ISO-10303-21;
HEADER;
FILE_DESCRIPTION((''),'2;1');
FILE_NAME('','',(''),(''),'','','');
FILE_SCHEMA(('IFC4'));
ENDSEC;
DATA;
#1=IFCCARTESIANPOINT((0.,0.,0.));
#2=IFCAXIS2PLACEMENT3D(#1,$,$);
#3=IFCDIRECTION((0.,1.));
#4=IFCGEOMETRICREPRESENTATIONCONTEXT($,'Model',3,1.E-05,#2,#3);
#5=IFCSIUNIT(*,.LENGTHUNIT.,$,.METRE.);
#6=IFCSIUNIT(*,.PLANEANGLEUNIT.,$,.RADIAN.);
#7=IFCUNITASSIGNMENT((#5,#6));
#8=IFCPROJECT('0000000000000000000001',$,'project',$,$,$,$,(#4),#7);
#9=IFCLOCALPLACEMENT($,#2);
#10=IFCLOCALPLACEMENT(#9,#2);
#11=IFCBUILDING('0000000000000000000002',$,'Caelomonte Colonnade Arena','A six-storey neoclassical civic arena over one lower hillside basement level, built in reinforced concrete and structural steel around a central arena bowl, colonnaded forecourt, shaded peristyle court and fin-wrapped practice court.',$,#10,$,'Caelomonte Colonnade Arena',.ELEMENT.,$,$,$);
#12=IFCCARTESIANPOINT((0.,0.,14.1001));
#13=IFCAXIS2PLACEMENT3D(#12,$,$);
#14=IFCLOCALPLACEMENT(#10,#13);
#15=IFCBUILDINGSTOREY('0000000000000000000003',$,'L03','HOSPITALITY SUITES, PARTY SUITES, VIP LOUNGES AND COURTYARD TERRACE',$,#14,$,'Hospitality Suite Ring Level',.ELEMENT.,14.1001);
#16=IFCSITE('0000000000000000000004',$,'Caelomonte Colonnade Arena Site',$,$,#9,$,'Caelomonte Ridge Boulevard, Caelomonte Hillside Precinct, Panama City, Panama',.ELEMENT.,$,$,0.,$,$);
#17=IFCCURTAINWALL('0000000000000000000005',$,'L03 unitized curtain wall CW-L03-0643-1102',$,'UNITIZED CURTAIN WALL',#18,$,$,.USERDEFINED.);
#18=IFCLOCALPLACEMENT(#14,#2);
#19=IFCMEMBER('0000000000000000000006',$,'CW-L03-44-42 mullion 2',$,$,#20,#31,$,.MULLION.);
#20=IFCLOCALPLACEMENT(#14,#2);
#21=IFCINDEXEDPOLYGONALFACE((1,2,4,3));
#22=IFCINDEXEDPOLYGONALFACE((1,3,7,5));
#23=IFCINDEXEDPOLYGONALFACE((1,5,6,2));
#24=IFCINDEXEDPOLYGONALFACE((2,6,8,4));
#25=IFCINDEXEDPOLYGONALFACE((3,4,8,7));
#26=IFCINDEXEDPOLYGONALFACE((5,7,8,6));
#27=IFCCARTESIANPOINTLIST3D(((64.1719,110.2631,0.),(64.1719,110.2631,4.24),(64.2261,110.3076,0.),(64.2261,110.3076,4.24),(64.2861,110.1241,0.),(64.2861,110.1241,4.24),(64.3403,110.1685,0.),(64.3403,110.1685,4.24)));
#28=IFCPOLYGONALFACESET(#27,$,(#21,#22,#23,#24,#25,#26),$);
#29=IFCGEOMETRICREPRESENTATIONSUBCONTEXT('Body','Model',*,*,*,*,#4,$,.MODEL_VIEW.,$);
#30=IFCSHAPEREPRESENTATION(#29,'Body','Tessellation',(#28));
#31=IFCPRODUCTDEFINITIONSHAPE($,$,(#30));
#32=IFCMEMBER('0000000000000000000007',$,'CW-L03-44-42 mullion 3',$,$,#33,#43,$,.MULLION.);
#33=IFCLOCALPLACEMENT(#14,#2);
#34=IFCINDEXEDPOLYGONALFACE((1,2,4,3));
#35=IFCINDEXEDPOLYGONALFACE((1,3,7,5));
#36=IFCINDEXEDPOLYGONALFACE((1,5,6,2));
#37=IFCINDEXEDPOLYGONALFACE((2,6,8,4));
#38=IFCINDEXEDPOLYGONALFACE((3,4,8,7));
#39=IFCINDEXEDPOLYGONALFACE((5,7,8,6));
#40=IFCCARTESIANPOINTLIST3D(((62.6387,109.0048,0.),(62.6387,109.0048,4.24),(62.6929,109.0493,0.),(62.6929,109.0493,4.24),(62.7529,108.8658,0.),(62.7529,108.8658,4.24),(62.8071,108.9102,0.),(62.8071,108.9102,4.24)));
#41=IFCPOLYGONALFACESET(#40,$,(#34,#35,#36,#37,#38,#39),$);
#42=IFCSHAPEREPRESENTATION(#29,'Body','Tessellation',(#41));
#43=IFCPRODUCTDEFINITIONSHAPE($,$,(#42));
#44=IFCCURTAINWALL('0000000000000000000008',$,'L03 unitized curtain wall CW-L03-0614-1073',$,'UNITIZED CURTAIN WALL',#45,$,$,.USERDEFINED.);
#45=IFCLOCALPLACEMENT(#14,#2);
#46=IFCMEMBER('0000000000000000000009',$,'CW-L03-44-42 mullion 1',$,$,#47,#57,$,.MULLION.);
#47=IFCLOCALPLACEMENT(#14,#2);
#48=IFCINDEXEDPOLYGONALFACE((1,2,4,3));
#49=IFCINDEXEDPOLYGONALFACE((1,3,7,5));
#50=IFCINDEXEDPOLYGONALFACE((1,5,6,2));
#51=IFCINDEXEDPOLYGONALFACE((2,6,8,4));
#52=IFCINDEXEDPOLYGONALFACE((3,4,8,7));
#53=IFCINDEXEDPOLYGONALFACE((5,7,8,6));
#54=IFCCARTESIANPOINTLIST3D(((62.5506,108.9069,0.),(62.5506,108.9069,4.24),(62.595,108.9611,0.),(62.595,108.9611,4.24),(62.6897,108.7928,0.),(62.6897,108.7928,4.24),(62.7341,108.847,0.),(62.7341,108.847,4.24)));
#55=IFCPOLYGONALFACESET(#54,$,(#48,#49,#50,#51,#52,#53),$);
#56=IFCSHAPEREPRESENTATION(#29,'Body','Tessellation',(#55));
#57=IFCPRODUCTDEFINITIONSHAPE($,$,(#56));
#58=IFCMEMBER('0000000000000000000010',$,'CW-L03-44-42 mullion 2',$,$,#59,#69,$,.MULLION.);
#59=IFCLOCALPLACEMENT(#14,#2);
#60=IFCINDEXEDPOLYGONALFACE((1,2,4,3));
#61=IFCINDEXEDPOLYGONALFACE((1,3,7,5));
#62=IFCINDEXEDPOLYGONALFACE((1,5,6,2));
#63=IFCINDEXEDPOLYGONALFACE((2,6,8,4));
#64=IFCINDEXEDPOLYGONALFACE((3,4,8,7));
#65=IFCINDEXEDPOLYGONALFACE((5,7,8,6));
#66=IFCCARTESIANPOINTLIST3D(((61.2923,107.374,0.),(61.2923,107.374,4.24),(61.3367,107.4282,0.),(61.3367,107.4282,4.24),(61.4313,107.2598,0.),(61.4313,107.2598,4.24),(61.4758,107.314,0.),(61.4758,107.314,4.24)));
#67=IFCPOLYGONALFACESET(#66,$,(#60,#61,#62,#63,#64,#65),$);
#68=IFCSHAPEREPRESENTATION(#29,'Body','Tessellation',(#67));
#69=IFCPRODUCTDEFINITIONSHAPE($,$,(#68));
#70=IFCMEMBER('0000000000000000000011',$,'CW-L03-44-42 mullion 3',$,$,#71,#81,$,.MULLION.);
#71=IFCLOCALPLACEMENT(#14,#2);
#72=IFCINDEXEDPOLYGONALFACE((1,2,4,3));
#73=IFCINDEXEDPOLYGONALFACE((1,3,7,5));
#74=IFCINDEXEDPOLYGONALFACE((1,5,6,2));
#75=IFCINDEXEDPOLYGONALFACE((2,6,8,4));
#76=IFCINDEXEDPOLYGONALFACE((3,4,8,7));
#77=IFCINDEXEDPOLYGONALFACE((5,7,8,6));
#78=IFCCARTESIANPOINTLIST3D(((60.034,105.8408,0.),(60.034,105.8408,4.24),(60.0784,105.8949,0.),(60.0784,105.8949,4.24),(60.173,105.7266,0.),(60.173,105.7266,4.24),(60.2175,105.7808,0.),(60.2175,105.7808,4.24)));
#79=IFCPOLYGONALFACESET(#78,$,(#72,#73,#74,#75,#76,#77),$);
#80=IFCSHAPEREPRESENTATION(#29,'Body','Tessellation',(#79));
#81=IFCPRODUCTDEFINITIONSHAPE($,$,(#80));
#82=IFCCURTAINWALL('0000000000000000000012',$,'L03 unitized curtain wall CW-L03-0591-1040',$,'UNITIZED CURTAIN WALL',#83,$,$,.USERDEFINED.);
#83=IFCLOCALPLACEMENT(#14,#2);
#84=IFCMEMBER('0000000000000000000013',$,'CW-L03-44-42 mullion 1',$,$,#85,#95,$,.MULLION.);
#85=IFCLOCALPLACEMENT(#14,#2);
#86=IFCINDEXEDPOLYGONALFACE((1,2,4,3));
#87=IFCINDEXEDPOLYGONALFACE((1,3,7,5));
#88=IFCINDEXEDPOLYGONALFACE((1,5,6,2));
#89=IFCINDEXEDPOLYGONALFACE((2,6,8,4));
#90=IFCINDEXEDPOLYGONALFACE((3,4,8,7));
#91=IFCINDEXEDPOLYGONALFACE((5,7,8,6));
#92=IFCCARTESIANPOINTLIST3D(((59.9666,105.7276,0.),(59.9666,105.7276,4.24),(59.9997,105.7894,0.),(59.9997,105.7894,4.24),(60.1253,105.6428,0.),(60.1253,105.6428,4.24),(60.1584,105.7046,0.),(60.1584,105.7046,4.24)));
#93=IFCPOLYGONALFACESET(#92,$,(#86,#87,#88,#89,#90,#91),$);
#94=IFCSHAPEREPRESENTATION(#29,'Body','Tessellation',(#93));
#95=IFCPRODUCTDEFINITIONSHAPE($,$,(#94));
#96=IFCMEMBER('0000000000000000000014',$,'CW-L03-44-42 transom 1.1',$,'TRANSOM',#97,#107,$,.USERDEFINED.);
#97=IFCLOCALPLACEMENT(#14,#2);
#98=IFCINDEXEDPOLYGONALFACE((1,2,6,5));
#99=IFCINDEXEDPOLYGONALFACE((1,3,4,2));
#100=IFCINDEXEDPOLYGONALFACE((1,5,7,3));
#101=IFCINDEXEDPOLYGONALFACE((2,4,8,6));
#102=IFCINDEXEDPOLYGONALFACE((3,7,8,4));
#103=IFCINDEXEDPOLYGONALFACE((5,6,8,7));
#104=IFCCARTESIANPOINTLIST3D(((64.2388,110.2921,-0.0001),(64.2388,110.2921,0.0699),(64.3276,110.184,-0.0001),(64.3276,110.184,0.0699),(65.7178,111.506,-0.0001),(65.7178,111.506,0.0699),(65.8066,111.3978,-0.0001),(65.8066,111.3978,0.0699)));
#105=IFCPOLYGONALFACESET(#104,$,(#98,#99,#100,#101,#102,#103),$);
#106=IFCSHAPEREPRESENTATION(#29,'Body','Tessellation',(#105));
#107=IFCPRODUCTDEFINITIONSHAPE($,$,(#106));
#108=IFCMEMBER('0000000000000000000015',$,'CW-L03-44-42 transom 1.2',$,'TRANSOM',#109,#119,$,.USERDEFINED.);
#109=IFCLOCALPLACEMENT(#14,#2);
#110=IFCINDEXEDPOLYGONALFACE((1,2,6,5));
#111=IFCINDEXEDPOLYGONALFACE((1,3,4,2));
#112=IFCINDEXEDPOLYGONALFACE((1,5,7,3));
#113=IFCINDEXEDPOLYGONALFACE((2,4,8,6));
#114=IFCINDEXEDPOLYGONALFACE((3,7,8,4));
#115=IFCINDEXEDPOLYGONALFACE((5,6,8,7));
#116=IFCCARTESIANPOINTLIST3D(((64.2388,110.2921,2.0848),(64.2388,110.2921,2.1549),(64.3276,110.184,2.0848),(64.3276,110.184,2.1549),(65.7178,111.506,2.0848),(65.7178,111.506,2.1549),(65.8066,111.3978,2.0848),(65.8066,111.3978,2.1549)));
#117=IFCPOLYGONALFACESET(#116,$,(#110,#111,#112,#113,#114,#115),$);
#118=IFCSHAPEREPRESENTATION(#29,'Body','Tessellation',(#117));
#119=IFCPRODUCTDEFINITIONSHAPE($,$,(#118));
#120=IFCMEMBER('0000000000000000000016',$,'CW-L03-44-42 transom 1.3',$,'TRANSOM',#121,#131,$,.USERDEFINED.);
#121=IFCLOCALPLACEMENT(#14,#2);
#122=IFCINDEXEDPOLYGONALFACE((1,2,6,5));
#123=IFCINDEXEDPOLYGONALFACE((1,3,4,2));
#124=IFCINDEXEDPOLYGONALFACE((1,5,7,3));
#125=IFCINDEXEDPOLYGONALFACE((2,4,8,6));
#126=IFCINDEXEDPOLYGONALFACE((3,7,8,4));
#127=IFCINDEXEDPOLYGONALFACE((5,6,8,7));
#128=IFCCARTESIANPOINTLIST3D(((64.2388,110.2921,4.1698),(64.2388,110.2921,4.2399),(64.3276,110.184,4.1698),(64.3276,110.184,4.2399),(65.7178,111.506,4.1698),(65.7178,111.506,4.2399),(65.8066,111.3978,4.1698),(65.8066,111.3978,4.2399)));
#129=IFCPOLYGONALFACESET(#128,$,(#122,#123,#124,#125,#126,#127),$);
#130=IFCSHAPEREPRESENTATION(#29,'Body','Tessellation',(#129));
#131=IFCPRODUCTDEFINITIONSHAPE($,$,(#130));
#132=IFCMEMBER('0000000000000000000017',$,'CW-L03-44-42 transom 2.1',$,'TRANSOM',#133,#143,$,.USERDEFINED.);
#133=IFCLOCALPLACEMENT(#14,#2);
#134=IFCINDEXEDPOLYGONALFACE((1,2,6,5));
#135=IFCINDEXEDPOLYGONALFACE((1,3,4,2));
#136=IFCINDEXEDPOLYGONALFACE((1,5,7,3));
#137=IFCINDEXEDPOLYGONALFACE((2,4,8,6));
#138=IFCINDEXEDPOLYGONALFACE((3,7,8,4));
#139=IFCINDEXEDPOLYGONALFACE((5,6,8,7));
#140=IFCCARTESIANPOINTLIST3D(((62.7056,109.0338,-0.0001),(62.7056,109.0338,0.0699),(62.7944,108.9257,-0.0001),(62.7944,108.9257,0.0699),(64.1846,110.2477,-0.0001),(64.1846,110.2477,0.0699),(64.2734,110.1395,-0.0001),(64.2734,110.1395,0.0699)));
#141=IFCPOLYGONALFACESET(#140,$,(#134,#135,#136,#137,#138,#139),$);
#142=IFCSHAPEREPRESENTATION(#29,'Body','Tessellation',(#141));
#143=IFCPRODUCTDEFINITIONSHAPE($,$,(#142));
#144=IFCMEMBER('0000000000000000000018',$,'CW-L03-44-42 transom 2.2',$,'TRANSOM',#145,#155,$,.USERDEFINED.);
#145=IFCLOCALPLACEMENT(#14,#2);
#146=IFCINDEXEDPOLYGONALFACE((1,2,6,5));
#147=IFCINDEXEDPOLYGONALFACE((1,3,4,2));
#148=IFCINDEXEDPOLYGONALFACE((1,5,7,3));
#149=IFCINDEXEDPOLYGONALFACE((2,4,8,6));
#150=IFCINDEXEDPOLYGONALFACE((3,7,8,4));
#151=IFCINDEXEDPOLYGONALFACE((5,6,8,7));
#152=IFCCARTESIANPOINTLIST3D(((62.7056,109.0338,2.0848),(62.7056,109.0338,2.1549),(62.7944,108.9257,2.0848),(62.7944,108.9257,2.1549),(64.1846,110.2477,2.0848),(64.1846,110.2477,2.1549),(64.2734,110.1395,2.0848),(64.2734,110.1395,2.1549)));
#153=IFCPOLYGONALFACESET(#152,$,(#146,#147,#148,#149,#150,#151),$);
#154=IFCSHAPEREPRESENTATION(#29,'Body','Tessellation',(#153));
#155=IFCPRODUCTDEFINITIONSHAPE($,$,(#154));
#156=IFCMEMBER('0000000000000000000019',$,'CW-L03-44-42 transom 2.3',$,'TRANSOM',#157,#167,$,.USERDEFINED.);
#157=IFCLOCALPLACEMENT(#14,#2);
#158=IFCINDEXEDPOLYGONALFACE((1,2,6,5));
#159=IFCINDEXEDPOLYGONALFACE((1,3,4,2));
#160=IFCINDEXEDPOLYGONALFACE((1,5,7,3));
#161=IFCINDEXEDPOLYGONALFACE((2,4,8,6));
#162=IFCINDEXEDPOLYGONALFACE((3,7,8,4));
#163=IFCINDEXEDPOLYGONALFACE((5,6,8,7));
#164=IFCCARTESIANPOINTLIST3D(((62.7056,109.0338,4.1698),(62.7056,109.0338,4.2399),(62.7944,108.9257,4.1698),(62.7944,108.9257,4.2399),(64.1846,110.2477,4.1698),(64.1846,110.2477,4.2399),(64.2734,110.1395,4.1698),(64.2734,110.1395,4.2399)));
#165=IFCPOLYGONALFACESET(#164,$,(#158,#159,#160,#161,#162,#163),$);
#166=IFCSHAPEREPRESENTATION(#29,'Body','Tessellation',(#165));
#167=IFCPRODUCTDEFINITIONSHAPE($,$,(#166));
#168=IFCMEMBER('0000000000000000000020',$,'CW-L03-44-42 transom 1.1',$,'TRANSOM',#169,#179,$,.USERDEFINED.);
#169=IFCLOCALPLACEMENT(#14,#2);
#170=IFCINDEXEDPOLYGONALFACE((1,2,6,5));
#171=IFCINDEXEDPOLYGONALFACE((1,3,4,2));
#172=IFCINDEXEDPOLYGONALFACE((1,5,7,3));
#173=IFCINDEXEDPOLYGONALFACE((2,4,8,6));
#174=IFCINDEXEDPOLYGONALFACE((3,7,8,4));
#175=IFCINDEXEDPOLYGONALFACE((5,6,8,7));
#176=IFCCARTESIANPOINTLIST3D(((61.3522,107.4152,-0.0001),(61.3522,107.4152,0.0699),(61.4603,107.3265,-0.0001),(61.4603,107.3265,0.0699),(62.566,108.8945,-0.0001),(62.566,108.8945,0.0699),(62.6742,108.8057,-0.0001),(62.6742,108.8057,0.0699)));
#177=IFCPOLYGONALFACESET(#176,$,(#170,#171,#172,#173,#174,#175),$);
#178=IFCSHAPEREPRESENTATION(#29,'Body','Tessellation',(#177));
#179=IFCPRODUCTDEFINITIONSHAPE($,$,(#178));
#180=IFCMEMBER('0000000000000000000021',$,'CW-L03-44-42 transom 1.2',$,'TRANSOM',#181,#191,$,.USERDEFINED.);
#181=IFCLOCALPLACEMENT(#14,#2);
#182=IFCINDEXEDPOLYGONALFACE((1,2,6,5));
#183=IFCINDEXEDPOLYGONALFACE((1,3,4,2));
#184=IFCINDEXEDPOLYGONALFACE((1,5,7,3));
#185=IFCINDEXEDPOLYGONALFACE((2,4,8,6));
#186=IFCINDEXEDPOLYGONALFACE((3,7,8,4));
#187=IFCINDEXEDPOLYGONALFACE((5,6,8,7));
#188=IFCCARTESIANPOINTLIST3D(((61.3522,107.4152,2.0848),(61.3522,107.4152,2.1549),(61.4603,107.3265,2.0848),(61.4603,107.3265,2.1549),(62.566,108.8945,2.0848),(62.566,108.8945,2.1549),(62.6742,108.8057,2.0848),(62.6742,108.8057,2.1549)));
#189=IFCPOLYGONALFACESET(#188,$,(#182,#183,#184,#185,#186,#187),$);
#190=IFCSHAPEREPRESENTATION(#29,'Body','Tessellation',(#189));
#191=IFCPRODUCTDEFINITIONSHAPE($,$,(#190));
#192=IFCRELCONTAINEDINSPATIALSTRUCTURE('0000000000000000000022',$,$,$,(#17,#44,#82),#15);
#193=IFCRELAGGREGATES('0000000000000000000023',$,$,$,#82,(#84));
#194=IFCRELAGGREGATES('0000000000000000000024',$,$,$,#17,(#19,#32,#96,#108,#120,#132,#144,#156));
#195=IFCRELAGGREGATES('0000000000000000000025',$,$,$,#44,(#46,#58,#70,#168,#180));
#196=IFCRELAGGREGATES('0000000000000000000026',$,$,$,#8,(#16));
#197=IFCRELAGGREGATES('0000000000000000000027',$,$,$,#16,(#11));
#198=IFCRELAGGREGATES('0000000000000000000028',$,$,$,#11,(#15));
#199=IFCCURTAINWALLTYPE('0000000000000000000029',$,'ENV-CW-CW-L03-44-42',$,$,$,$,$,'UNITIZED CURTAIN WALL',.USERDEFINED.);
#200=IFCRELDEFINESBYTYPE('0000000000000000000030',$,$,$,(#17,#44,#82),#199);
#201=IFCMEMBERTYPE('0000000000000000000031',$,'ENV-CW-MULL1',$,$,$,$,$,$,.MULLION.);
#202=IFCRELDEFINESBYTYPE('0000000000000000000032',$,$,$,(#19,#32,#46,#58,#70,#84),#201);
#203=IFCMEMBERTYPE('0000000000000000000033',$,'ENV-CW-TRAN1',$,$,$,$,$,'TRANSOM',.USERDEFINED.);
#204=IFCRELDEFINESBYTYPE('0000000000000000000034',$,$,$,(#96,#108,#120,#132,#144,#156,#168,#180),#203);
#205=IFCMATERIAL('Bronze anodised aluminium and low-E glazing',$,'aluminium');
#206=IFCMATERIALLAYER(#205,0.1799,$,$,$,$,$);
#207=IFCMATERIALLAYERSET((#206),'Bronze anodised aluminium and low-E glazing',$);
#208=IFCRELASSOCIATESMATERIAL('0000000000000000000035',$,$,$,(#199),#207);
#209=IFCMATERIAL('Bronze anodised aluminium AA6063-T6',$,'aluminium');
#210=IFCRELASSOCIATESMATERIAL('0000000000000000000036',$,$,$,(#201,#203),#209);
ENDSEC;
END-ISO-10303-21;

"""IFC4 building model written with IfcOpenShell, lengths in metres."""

from ifc_helpers import new_model, si_unit, direction, frame, origin, origin_2d, place, context, subcontext, project, spatial, rectangle, extrude, material, layer, layer_set, material_profile, profile_set, type_object, element, aggregate, save


model = new_model("IFC4")

# Units and contexts
model_context = context("Model", 3, precision=1e-05, world=origin(), true_north=direction((0.0, 1.0)))
body_context = subcontext(model_context, "Body", "Model", "MODEL_VIEW")
ifc_project = project(units=[si_unit("LENGTHUNIT", "METRE"), si_unit("PLANEANGLEUNIT", "RADIAN")], contexts=[model_context])

# Site, building, storey
site_placement = place(None, origin())
site = spatial("IfcSite", under=ifc_project, at=site_placement, Name="Caelomonte Colonnade Arena Site", LongName="Caelomonte Ridge Boulevard, Caelomonte Hillside Precinct, Panama City, Panama", CompositionType="ELEMENT", RefElevation=0.0)
building_placement = place(site_placement, origin())
building = spatial("IfcBuilding", under=site, at=building_placement, Name="Caelomonte Colonnade Arena", Description="A six-storey neoclassical civic arena over one lower hillside basement level, built in reinforced concrete and structural steel around a central arena bowl, colonnaded forecourt, shaded peristyle court and fin-wrapped practice court.", LongName="Caelomonte Colonnade Arena", CompositionType="ELEMENT")
storey_placement = place(building_placement, frame((0.0, 0.0, 14.1001)))
storey = spatial("IfcBuildingStorey", under=building, at=storey_placement, Name="L03", Description="HOSPITALITY SUITES, PARTY SUITES, VIP LOUNGES AND COURTYARD TERRACE", LongName="Hospitality Suite Ring Level", CompositionType="ELEMENT", Elevation=14.1001)

# Curtain walls, members
ifc_material_1 = material(Name="Bronze anodised aluminium and low-E glazing", Category="aluminium")
ifc_layer_1 = layer(ifc_material_1, 0.1799)
ifc_layer_set_1 = layer_set([ifc_layer_1], Name="Bronze anodised aluminium and low-E glazing")
curtain_wall_type = type_object("IfcCurtainWallType", Name="ENV-CW-CW-L03-44-42", ElementType="UNITIZED CURTAIN WALL", PredefinedType="USERDEFINED", material=ifc_layer_set_1)
curtain_wall_1_placement = place(storey_placement, origin())
curtain_wall_1 = element("IfcCurtainWall", 1, at=curtain_wall_1_placement, inside=storey, type_object=curtain_wall_type, Name="L03 unitized curtain wall CW-L03-0643-1102", ObjectType="UNITIZED CURTAIN WALL", PredefinedType="USERDEFINED")
ifc_material_2 = material(Name="Bronze anodised aluminium AA6063-T6", Category="aluminium")
ifc_material_profile_1 = material_profile(ifc_material_2, rectangle(XDim=0.0701, YDim=0.1799, at=origin_2d()), Name="CWM-70X180")
ifc_profile_set_1 = profile_set([ifc_material_profile_1], Name="Bronze anodised aluminium AA6063-T6")
member_type_1 = type_object("IfcMemberType", Name="ENV-CW-MULL1", PredefinedType="MULLION", material=ifc_profile_set_1)
member_1_placement = place(storey_placement, frame((64.2561, 110.2158, 0.0), z_axis=(0.0, 0.0, 1.0), x_axis=(-0.772992, -0.634416, 0.0)))
member_1 = element("IfcMember", 2, at=member_1_placement, type_object=member_type_1, Name="CW-L03-44-42 mullion 2", PredefinedType="MULLION", context=body_context, shape_type="SweptSolid", body=[
    extrude(rectangle(XDim=0.0701, YDim=0.1799, at=origin_2d()), origin(), (0.0, 0.0, 1.0), 4.24),
])
member_2_placement = place(storey_placement, frame((62.7229, 108.9575, 0.0), z_axis=(0.0, 0.0, 1.0), x_axis=(-0.772992, -0.634416, 0.0)))
member_2 = element("IfcMember", 3, at=member_2_placement, type_object=member_type_1, Name="CW-L03-44-42 mullion 3", PredefinedType="MULLION", context=body_context, shape_type="SweptSolid", body=[
    extrude(rectangle(XDim=0.0701, YDim=0.1799, at=origin_2d()), origin(), (0.0, 0.0, 1.0), 4.24),
])
curtain_wall_2_placement = place(storey_placement, origin())
curtain_wall_2 = element("IfcCurtainWall", 4, at=curtain_wall_2_placement, inside=storey, type_object=curtain_wall_type, Name="L03 unitized curtain wall CW-L03-0614-1073", ObjectType="UNITIZED CURTAIN WALL", PredefinedType="USERDEFINED")
member_3_placement = place(storey_placement, frame((62.6423, 108.877, 0.0), z_axis=(0.0, 0.0, 1.0), x_axis=(-0.634416, -0.772992, 0.0)))
member_3 = element("IfcMember", 5, at=member_3_placement, type_object=member_type_1, Name="CW-L03-44-42 mullion 1", PredefinedType="MULLION", context=body_context, shape_type="SweptSolid", body=[
    extrude(rectangle(XDim=0.0701, YDim=0.1799, at=origin_2d()), origin(), (0.0, 0.0, 1.0), 4.24),
])
member_4_placement = place(storey_placement, frame((61.384, 107.344, 0.0), z_axis=(0.0, 0.0, 1.0), x_axis=(-0.634416, -0.772992, 0.0)))
member_4 = element("IfcMember", 6, at=member_4_placement, type_object=member_type_1, Name="CW-L03-44-42 mullion 2", PredefinedType="MULLION", context=body_context, shape_type="SweptSolid", body=[
    extrude(rectangle(XDim=0.0701, YDim=0.1799, at=origin_2d()), origin(), (0.0, 0.0, 1.0), 4.24),
])
member_5_placement = place(storey_placement, frame((60.1257, 105.8108, 0.0), z_axis=(0.0, 0.0, 1.0), x_axis=(-0.634416, -0.772992, 0.0)))
member_5 = element("IfcMember", 7, at=member_5_placement, type_object=member_type_1, Name="CW-L03-44-42 mullion 3", PredefinedType="MULLION", context=body_context, shape_type="SweptSolid", body=[
    extrude(rectangle(XDim=0.0701, YDim=0.1799, at=origin_2d()), origin(), (0.0, 0.0, 1.0), 4.24),
])

# Curtain wall, member
curtain_wall_3_placement = place(storey_placement, origin())
curtain_wall_3 = element("IfcCurtainWall", 8, at=curtain_wall_3_placement, inside=storey, type_object=curtain_wall_type, Name="L03 unitized curtain wall CW-L03-0591-1040", ObjectType="UNITIZED CURTAIN WALL", PredefinedType="USERDEFINED")
member_6_placement = place(storey_placement, frame((60.0625, 105.7161, 0.0), z_axis=(0.0, 0.0, 1.0), x_axis=(-0.471394, -0.881923, 0.0)))
member_6 = element("IfcMember", 9, at=member_6_placement, type_object=member_type_1, Name="CW-L03-44-42 mullion 1", PredefinedType="MULLION", context=body_context, shape_type="SweptSolid", body=[
    extrude(rectangle(XDim=0.0701, YDim=0.1799, at=origin_2d()), origin(), (0.0, 0.0, 1.0), 4.24),
])

# Members
ifc_material_profile_2 = material_profile(ifc_material_2, rectangle(XDim=0.0701, YDim=0.1399, at=origin_2d()), Name="CWT-70X140")
ifc_profile_set_2 = profile_set([ifc_material_profile_2], Name="Bronze anodised aluminium AA6063-T6")
member_type_2 = type_object("IfcMemberType", Name="ENV-CW-TRAN1", ElementType="TRANSOM", PredefinedType="USERDEFINED", material=ifc_profile_set_2)
member_7_placement = place(storey_placement, frame((65.7622, 111.4519, 0.0349), z_axis=(-0.77299, -0.634418, 0.0), x_axis=(0.0, 0.0, 1.0)))
member_7 = element("IfcMember", 10, at=member_7_placement, type_object=member_type_2, Name="CW-L03-44-42 transom 1.1", ObjectType="TRANSOM", PredefinedType="USERDEFINED", context=body_context, shape_type="SweptSolid", body=[
    extrude(rectangle(XDim=0.0701, YDim=0.1399, at=origin_2d()), origin(), (0.0, 0.0, 1.0), 1.9133),
])
member_8_placement = place(storey_placement, frame((65.7622, 111.4519, 2.1199), z_axis=(-0.77299, -0.634418, 0.0), x_axis=(0.0, 0.0, 1.0)))
member_8 = element("IfcMember", 11, at=member_8_placement, type_object=member_type_2, Name="CW-L03-44-42 transom 1.2", ObjectType="TRANSOM", PredefinedType="USERDEFINED", context=body_context, shape_type="SweptSolid", body=[
    extrude(rectangle(XDim=0.0701, YDim=0.1399, at=origin_2d()), origin(), (0.0, 0.0, 1.0), 1.9133),
])
member_9_placement = place(storey_placement, frame((65.7622, 111.4519, 4.2048), z_axis=(-0.77299, -0.634418, 0.0), x_axis=(0.0, 0.0, 1.0)))
member_9 = element("IfcMember", 12, at=member_9_placement, type_object=member_type_2, Name="CW-L03-44-42 transom 1.3", ObjectType="TRANSOM", PredefinedType="USERDEFINED", context=body_context, shape_type="SweptSolid", body=[
    extrude(rectangle(XDim=0.0701, YDim=0.1399, at=origin_2d()), origin(), (0.0, 0.0, 1.0), 1.9133),
])
member_10_placement = place(storey_placement, frame((64.229, 110.1936, 0.0349), z_axis=(-0.77299, -0.634418, 0.0), x_axis=(0.0, 0.0, 1.0)))
member_10 = element("IfcMember", 13, at=member_10_placement, type_object=member_type_2, Name="CW-L03-44-42 transom 2.1", ObjectType="TRANSOM", PredefinedType="USERDEFINED", context=body_context, shape_type="SweptSolid", body=[
    extrude(rectangle(XDim=0.0701, YDim=0.1399, at=origin_2d()), origin(), (0.0, 0.0, 1.0), 1.9133),
])
member_11_placement = place(storey_placement, frame((64.229, 110.1936, 2.1199), z_axis=(-0.77299, -0.634418, 0.0), x_axis=(0.0, 0.0, 1.0)))
member_11 = element("IfcMember", 14, at=member_11_placement, type_object=member_type_2, Name="CW-L03-44-42 transom 2.2", ObjectType="TRANSOM", PredefinedType="USERDEFINED", context=body_context, shape_type="SweptSolid", body=[
    extrude(rectangle(XDim=0.0701, YDim=0.1399, at=origin_2d()), origin(), (0.0, 0.0, 1.0), 1.9133),
])
member_12_placement = place(storey_placement, frame((64.229, 110.1936, 4.2048), z_axis=(-0.77299, -0.634418, 0.0), x_axis=(0.0, 0.0, 1.0)))
member_12 = element("IfcMember", 15, at=member_12_placement, type_object=member_type_2, Name="CW-L03-44-42 transom 2.3", ObjectType="TRANSOM", PredefinedType="USERDEFINED", context=body_context, shape_type="SweptSolid", body=[
    extrude(rectangle(XDim=0.0701, YDim=0.1399, at=origin_2d()), origin(), (0.0, 0.0, 1.0), 1.9133),
])
member_13_placement = place(storey_placement, frame((62.6201, 108.8501, 0.0349), z_axis=(-0.634356, -0.773041, 0.0), x_axis=(0.0, 0.0, 1.0)))
member_13 = element("IfcMember", 16, at=member_13_placement, type_object=member_type_2, Name="CW-L03-44-42 transom 1.1", ObjectType="TRANSOM", PredefinedType="USERDEFINED", context=body_context, shape_type="SweptSolid", body=[
    extrude(rectangle(XDim=0.0701, YDim=0.1399, at=origin_2d()), origin(), (0.0, 0.0, 1.0), 1.9136),
])
member_14_placement = place(storey_placement, frame((62.6201, 108.8501, 2.1199), z_axis=(-0.634356, -0.773041, 0.0), x_axis=(0.0, 0.0, 1.0)))
member_14 = element("IfcMember", 17, at=member_14_placement, type_object=member_type_2, Name="CW-L03-44-42 transom 1.2", ObjectType="TRANSOM", PredefinedType="USERDEFINED", context=body_context, shape_type="SweptSolid", body=[
    extrude(rectangle(XDim=0.0701, YDim=0.1399, at=origin_2d()), origin(), (0.0, 0.0, 1.0), 1.9136),
])
aggregate(curtain_wall_3, [member_6])

aggregate(curtain_wall_1, [member_1, member_2, member_7, member_8, member_9, member_10, member_11, member_12])
aggregate(curtain_wall_2, [member_3, member_4, member_5, member_13, member_14])

save(model, "model.ifc")
